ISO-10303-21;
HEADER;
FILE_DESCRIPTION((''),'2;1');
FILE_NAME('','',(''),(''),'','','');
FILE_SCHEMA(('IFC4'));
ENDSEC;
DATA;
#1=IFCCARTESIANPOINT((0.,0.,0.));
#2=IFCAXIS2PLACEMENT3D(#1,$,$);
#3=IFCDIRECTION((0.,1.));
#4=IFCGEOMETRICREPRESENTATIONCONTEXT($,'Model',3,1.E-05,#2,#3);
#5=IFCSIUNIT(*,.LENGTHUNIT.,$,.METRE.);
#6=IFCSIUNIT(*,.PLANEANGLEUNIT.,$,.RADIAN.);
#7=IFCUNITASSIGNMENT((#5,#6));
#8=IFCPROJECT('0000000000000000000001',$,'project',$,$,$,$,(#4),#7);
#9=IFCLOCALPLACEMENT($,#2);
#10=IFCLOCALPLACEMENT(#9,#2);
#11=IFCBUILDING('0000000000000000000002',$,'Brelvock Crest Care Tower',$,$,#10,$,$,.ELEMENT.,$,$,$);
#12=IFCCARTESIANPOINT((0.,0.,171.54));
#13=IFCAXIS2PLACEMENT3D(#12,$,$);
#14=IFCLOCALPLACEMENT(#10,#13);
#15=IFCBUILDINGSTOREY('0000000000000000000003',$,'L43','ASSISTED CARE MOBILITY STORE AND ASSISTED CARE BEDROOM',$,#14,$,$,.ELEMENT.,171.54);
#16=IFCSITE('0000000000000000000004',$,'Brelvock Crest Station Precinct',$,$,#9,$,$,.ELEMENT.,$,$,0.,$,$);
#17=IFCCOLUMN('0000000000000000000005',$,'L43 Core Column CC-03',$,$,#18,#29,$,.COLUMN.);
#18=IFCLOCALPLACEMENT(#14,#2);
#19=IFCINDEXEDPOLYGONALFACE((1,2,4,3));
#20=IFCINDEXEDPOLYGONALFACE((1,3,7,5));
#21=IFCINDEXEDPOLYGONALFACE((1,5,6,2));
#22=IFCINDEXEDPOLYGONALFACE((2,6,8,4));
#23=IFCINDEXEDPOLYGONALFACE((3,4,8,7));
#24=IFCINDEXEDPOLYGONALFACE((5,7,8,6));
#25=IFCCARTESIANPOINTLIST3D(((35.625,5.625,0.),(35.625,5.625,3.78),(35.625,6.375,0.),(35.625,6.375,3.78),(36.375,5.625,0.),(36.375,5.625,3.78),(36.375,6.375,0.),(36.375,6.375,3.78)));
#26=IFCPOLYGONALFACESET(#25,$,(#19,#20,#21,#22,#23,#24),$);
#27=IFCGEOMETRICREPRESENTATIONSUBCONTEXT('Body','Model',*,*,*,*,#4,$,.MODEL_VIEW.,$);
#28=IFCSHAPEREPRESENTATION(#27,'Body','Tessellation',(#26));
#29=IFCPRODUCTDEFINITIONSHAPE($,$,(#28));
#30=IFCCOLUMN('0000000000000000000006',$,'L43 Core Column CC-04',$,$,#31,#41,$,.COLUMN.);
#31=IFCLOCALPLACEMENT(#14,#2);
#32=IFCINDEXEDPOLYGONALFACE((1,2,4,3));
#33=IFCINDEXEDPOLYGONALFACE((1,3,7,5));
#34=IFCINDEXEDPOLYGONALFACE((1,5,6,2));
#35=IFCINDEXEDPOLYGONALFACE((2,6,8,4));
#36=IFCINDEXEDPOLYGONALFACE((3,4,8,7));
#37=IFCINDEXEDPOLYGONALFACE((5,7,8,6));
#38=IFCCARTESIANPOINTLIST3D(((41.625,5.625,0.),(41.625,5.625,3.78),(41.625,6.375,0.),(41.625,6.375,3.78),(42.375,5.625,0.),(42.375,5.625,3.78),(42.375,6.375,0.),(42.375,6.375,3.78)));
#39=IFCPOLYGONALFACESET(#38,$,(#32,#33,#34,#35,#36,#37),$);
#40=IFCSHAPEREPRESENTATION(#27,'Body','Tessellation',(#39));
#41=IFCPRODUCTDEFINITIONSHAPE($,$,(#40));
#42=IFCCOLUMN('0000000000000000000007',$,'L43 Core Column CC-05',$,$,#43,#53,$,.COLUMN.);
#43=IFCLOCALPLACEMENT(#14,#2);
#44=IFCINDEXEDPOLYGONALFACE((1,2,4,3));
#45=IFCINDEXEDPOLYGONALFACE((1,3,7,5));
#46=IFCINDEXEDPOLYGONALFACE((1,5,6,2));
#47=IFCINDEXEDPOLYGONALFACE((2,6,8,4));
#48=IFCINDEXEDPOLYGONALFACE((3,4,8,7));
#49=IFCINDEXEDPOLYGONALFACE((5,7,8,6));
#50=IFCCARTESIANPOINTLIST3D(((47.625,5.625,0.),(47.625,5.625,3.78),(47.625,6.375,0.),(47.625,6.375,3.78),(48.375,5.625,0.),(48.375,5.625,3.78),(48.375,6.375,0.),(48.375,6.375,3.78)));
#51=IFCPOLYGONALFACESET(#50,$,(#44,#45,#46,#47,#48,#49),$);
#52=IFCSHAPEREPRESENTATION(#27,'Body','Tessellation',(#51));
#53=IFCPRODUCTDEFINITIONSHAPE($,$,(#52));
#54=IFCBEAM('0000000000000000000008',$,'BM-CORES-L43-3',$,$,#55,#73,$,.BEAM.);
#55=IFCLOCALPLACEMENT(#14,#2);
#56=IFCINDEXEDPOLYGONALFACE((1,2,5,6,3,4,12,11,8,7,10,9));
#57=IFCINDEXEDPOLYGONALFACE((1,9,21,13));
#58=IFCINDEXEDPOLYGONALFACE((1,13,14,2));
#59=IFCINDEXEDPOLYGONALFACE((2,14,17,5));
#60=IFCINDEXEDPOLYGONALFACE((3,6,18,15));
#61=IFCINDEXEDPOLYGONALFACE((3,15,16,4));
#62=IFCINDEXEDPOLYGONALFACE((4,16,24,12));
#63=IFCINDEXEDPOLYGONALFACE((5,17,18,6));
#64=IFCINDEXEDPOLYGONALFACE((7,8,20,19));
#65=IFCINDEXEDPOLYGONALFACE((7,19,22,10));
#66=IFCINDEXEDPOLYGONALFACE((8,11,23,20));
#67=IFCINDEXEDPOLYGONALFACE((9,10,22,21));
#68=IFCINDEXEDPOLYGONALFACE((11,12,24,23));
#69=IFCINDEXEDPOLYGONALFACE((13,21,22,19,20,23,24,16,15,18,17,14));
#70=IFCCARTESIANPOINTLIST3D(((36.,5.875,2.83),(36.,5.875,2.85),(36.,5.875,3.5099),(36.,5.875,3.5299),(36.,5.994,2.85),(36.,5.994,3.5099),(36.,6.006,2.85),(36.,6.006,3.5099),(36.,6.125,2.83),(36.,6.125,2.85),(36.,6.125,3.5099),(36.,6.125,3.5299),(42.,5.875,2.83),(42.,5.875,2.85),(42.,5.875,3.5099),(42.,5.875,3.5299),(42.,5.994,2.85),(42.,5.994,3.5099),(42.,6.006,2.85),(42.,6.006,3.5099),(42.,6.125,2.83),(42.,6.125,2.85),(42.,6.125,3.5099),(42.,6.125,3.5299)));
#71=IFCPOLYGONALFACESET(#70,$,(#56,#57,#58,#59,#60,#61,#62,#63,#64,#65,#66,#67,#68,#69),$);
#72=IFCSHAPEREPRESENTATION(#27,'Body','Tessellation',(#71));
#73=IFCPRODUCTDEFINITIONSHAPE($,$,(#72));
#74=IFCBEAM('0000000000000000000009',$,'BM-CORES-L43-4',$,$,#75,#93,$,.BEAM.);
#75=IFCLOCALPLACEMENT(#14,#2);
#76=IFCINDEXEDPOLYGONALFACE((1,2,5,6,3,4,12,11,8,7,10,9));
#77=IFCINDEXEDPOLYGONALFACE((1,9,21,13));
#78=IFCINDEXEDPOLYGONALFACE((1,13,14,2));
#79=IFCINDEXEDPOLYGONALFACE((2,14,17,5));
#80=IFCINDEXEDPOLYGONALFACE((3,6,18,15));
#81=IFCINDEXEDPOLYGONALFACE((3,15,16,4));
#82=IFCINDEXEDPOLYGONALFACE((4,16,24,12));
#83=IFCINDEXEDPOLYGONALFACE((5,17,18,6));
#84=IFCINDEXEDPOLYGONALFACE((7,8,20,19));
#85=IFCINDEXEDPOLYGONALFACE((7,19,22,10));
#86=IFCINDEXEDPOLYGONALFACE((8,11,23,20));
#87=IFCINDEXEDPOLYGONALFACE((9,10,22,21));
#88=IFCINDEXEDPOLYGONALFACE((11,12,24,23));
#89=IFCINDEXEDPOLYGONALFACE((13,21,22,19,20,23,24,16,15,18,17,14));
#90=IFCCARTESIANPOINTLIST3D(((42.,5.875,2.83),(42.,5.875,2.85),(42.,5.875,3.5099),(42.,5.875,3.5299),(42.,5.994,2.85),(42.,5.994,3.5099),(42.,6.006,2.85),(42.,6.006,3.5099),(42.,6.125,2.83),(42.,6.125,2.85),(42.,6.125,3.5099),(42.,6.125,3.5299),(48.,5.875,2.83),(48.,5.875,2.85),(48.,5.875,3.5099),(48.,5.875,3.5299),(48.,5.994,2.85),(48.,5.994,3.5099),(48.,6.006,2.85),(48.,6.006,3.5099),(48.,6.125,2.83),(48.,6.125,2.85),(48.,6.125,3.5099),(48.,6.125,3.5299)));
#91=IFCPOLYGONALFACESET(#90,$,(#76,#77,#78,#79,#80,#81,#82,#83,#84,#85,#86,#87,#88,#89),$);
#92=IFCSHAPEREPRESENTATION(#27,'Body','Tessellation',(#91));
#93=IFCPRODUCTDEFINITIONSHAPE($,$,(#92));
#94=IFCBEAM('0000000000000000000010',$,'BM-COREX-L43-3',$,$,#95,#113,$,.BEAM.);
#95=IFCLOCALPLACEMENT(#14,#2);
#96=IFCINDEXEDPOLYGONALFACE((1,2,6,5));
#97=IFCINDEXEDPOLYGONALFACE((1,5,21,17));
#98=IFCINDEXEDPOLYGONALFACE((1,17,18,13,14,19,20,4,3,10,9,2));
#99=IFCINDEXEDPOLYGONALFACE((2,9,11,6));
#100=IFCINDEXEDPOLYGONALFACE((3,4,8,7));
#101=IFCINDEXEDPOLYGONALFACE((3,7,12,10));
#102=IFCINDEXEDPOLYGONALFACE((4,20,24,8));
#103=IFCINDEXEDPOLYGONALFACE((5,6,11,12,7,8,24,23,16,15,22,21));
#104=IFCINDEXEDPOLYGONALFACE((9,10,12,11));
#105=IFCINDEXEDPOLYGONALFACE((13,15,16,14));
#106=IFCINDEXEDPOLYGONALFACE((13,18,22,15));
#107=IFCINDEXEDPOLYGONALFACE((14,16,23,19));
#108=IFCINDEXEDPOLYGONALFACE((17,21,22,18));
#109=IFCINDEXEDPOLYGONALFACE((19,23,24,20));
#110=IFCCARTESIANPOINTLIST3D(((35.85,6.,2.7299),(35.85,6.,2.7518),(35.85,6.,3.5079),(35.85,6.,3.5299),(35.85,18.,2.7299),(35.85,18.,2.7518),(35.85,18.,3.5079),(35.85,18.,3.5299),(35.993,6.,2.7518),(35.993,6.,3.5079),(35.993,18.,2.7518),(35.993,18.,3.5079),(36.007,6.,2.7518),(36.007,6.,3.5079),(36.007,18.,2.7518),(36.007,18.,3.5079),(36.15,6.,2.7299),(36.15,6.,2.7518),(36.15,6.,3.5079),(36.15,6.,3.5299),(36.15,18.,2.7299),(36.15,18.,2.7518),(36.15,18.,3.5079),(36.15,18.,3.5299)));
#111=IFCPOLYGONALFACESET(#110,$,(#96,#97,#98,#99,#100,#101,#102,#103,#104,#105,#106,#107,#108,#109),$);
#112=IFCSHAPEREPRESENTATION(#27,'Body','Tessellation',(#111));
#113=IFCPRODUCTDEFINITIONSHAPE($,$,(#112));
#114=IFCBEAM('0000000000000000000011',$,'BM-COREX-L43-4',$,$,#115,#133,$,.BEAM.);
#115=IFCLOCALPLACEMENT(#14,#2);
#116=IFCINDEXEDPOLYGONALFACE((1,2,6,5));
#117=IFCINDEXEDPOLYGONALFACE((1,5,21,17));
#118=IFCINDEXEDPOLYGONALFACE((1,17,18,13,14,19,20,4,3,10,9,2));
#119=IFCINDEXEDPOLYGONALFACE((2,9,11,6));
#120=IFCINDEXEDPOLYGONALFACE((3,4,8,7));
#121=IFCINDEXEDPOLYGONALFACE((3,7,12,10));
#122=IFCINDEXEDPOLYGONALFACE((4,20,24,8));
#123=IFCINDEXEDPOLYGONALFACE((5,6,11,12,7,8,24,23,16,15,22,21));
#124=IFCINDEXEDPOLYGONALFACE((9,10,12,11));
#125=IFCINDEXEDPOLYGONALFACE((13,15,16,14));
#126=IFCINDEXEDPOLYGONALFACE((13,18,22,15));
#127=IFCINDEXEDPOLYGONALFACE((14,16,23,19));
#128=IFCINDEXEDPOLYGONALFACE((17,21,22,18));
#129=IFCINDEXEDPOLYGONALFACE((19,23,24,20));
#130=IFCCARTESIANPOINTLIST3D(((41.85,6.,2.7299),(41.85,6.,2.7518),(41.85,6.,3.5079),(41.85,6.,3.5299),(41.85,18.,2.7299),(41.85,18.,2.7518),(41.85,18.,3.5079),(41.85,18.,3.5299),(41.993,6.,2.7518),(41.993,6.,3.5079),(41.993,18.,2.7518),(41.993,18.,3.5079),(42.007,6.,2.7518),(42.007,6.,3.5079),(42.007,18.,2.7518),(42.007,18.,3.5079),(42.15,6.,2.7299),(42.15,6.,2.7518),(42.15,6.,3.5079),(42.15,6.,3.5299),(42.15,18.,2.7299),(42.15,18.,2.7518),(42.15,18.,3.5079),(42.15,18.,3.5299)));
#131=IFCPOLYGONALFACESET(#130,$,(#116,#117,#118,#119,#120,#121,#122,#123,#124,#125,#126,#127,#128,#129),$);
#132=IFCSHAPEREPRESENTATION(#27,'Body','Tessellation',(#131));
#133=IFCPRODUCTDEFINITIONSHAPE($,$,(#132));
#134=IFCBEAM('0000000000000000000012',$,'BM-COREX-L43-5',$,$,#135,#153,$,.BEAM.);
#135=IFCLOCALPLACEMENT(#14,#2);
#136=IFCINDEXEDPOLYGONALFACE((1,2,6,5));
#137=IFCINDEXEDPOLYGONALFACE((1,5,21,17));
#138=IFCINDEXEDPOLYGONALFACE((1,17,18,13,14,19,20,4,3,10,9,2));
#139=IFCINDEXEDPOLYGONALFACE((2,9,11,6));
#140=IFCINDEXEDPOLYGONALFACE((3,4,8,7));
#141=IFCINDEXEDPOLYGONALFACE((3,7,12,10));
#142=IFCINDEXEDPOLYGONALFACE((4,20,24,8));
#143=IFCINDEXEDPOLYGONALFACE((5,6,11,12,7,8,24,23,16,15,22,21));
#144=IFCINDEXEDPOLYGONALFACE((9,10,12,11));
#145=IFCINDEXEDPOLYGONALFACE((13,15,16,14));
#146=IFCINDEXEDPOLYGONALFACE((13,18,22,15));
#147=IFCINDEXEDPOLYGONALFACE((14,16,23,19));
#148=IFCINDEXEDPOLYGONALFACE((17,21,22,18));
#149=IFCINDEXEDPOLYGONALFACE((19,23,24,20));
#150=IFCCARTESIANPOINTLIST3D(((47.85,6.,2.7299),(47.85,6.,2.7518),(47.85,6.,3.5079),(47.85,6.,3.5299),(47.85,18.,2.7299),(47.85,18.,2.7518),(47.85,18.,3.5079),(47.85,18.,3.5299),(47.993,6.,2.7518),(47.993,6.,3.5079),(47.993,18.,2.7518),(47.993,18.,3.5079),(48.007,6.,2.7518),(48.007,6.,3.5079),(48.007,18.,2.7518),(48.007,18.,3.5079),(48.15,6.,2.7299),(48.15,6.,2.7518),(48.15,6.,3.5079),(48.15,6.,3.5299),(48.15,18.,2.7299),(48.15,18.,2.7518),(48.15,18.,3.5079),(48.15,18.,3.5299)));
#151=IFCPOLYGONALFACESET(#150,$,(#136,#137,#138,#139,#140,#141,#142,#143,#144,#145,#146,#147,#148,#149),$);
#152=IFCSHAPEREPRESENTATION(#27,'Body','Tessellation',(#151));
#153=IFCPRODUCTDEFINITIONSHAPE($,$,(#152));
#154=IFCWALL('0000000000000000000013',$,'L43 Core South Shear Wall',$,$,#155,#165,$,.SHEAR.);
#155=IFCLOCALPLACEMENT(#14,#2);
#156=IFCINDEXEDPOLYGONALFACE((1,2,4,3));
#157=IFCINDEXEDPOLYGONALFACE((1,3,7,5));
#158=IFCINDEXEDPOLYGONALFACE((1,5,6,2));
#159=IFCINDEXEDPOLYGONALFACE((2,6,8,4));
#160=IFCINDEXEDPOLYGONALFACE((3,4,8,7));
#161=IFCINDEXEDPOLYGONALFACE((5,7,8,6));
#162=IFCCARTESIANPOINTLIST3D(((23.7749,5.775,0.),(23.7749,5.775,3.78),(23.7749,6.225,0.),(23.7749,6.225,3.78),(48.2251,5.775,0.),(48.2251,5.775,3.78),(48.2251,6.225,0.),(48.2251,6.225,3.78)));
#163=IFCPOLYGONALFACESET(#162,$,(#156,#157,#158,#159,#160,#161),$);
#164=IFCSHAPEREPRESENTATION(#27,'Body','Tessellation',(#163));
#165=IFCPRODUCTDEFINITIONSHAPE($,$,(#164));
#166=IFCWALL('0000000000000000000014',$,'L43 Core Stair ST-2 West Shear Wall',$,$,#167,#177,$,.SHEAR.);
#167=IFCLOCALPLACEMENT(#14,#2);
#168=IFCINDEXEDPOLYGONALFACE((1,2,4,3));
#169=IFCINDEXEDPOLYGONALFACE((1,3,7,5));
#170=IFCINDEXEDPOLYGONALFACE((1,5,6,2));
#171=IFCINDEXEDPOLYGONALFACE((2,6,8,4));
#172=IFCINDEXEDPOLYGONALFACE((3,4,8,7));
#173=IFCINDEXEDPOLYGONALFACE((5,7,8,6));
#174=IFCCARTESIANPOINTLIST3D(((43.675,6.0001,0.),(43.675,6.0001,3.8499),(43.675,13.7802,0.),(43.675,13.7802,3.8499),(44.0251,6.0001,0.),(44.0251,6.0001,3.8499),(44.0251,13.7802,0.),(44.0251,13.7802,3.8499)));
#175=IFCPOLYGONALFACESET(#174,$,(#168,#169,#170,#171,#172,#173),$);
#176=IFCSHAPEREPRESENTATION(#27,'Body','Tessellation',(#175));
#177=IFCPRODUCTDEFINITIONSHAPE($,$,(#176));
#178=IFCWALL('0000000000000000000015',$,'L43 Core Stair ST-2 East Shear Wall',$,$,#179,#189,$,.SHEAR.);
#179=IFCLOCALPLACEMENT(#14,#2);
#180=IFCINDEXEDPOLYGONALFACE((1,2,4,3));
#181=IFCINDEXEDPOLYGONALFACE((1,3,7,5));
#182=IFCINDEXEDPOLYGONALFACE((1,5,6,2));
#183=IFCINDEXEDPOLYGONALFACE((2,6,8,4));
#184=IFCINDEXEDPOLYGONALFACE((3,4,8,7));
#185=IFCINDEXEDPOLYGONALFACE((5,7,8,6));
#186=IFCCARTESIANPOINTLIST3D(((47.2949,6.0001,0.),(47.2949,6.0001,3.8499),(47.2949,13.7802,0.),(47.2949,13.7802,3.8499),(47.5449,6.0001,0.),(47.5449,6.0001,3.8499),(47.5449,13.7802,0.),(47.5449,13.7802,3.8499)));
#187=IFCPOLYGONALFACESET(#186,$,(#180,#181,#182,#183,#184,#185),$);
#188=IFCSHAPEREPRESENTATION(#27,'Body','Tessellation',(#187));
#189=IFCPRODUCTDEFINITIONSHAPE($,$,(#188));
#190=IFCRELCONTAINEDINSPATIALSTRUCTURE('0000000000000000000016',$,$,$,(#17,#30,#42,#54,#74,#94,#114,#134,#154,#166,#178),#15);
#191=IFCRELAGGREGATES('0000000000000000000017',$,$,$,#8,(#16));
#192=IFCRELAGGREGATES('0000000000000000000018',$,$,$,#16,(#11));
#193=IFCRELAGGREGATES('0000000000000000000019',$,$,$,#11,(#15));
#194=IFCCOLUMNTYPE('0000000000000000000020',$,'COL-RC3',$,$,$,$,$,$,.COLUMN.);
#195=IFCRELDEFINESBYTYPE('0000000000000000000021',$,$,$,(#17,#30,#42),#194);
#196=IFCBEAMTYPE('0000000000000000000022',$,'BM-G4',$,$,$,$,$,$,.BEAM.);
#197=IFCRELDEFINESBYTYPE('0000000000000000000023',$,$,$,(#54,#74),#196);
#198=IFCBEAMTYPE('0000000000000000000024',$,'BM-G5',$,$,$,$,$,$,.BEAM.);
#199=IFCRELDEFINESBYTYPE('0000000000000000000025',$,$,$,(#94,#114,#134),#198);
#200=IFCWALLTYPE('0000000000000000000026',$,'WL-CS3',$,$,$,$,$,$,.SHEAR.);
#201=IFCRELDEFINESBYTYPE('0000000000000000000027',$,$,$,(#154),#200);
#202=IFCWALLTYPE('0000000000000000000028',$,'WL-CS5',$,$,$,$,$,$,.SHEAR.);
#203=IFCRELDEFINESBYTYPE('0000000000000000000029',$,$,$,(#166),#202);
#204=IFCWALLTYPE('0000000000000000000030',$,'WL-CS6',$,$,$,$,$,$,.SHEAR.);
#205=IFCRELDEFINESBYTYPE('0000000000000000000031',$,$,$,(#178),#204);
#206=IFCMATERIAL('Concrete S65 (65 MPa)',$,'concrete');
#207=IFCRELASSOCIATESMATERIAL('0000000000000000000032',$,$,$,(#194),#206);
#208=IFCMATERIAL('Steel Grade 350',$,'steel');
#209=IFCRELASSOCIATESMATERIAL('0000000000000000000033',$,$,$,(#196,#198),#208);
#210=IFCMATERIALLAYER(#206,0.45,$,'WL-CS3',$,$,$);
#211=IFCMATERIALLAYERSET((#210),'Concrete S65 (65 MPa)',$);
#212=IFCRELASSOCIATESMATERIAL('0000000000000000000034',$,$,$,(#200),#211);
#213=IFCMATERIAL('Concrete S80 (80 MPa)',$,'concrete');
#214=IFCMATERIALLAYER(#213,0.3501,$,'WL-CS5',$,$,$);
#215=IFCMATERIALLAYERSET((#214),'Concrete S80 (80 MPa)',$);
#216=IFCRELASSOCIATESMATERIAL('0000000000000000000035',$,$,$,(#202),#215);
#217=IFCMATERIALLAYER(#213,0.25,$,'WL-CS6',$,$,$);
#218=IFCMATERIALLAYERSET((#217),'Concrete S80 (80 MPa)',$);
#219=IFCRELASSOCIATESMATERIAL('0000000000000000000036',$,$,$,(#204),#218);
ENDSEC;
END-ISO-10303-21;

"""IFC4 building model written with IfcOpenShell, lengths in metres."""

from ifc_helpers import new_model, si_unit, direction, frame, frame_2d, origin, origin_2d, place, context, subcontext, project, spatial, rectangle, i_section, extrude, source, transform, mapped, material, layer, layer_set, material_profile, profile_set, type_object, element, save


model = new_model("IFC4")

# Units and contexts
model_context = context("Model", 3, precision=1e-05, world=origin(), true_north=direction((0.0, 1.0)))
body_context = subcontext(model_context, "Body", "Model", "MODEL_VIEW")
ifc_project = project(units=[si_unit("LENGTHUNIT", "METRE"), si_unit("PLANEANGLEUNIT", "RADIAN")], contexts=[model_context])

# Site, building, storey
site_placement = place(None, origin())
site = spatial("IfcSite", under=ifc_project, at=site_placement, Name="Brelvock Crest Station Precinct", CompositionType="ELEMENT", RefElevation=0.0)
building_placement = place(site_placement, origin())
building = spatial("IfcBuilding", under=site, at=building_placement, Name="Brelvock Crest Care Tower", CompositionType="ELEMENT")
storey_placement = place(building_placement, frame((0.0, 0.0, 171.54)))
storey = spatial("IfcBuildingStorey", under=building, at=storey_placement, Name="L43", Description="ASSISTED CARE MOBILITY STORE AND ASSISTED CARE BEDROOM", CompositionType="ELEMENT", Elevation=171.54)

# Columns
ifc_material_1 = material(Name="Concrete S65 (65 MPa)", Category="concrete")
ifc_material_profile_1 = material_profile(ifc_material_1, rectangle(XDim=0.75, YDim=0.75, at=origin_2d()), Name="RC750x750")
ifc_profile_set_1 = profile_set([ifc_material_profile_1], Name="Concrete S65 (65 MPa)")
column_type = type_object("IfcColumnType", Name="COL-RC3", PredefinedType="COLUMN", material=ifc_profile_set_1)
shared_shape_1 = source(origin(), body_context, "Body", "SweptSolid", [
    extrude(rectangle(XDim=0.75, YDim=0.75, at=origin_2d()), origin(), (0.0, 0.0, 1.0), 3.78),
])
for number, where, z_axis, x_axis, name in (
    (1, (36.0, 6.0, 0.0), (0.0, 0.0, 1.0), (1.0, 0.0, 0.0), "L43 Core Column CC-03"),
    (2, (42.0, 6.0, 0.0), (0.0, 0.0, 1.0), (1.0, 0.0, 0.0), "L43 Core Column CC-04"),
    (3, (48.0, 6.0, 0.0), (0.0, 0.0, 1.0), (1.0, 0.0, 0.0), "L43 Core Column CC-05"),
):
    element("IfcColumn", number, at=place(storey_placement, frame(where, z_axis=z_axis, x_axis=x_axis)), inside=storey, type_object=column_type, Name=name, PredefinedType="COLUMN", context=body_context, shape_type="MappedRepresentation", body=[
        mapped(shared_shape_1, transform((0.0, 0.0, 0.0), x_axis=(1.0, 0.0, 0.0), y_axis=(0.0, 1.0, 0.0), z_axis=(0.0, 0.0, 1.0), scale=1.0)),
    ])

# Beams
ifc_material_2 = material(Name="Steel Grade 350", Category="steel")
ifc_material_profile_2 = material_profile(ifc_material_2, i_section(OverallWidth=0.25, OverallDepth=0.7, WebThickness=0.012, FlangeThickness=0.02, at=origin_2d()), Name="700WB150")
ifc_profile_set_2 = profile_set([ifc_material_profile_2], Name="Steel Grade 350")
beam_type_1 = type_object("IfcBeamType", Name="BM-G4", PredefinedType="BEAM", material=ifc_profile_set_2)
shared_shape_2 = source(origin(), body_context, "Body", "SweptSolid", [
    extrude(i_section(OverallWidth=0.25, OverallDepth=0.7, WebThickness=0.012, FlangeThickness=0.02, at=origin_2d()), origin(), (0.0, 0.0, 1.0), 6.0),
])
for number, where, z_axis, x_axis, name in (
    (4, (36.0, 6.0, 3.1799), (1.0, 0.0, 0.0), (0.0, 1.0, 0.0), "BM-CORES-L43-3"),
    (5, (42.0, 6.0, 3.1799), (1.0, 0.0, 0.0), (0.0, 1.0, 0.0), "BM-CORES-L43-4"),
):
    element("IfcBeam", number, at=place(storey_placement, frame(where, z_axis=z_axis, x_axis=x_axis)), inside=storey, type_object=beam_type_1, Name=name, PredefinedType="BEAM", context=body_context, shape_type="MappedRepresentation", body=[
        mapped(shared_shape_2, transform((0.0, 0.0, 0.0), x_axis=(1.0, 0.0, 0.0), y_axis=(0.0, 1.0, 0.0), z_axis=(0.0, 0.0, 1.0), scale=1.0)),
    ])
ifc_material_profile_3 = material_profile(ifc_material_2, i_section(OverallWidth=0.3, OverallDepth=0.8, WebThickness=0.0139, FlangeThickness=0.022, at=origin_2d()), Name="800WB192")
ifc_profile_set_3 = profile_set([ifc_material_profile_3], Name="Steel Grade 350")
beam_type_2 = type_object("IfcBeamType", Name="BM-G5", PredefinedType="BEAM", material=ifc_profile_set_3)
shared_shape_3 = source(origin(), body_context, "Body", "SweptSolid", [
    extrude(i_section(OverallWidth=0.3, OverallDepth=0.8, WebThickness=0.0139, FlangeThickness=0.022, at=origin_2d()), origin(), (0.0, 0.0, 1.0), 12.0),
])
for number, where, z_axis, x_axis, name in (
    (6, (36.0, 6.0, 3.1299), (0.0, 1.0, 0.0), (-1.0, 0.0, 0.0), "BM-COREX-L43-3"),
    (7, (42.0, 6.0, 3.1299), (0.0, 1.0, 0.0), (-1.0, 0.0, 0.0), "BM-COREX-L43-4"),
    (8, (48.0, 6.0, 3.1299), (0.0, 1.0, 0.0), (-1.0, 0.0, 0.0), "BM-COREX-L43-5"),
):
    element("IfcBeam", number, at=place(storey_placement, frame(where, z_axis=z_axis, x_axis=x_axis)), inside=storey, type_object=beam_type_2, Name=name, PredefinedType="BEAM", context=body_context, shape_type="MappedRepresentation", body=[
        mapped(shared_shape_3, transform((0.0, 0.0, 0.0), x_axis=(1.0, 0.0, 0.0), y_axis=(0.0, 1.0, 0.0), z_axis=(0.0, 0.0, 1.0), scale=1.0)),
    ])

# Walls
ifc_layer_1 = layer(ifc_material_1, 0.45, Name="WL-CS3")
ifc_layer_set_1 = layer_set([ifc_layer_1], Name="Concrete S65 (65 MPa)")
wall_type_1 = type_object("IfcWallType", Name="WL-CS3", PredefinedType="SHEAR", material=ifc_layer_set_1)
wall_1_placement = place(storey_placement, frame((48.2251, 6.0, 0.0), z_axis=(0.0, 0.0, 1.0), x_axis=(-1.0, 0.0, 0.0)))
element("IfcWall", 9, at=wall_1_placement, inside=storey, type_object=wall_type_1, Name="L43 Core South Shear Wall", PredefinedType="SHEAR", context=body_context, shape_type="SweptSolid", body=[
    extrude(rectangle(XDim=24.4502, YDim=0.45, at=frame_2d((12.2251, 0.0))), origin(), (0.0, 0.0, 1.0), 3.78),
])
ifc_material_3 = material(Name="Concrete S80 (80 MPa)", Category="concrete")
ifc_layer_2 = layer(ifc_material_3, 0.3501, Name="WL-CS5")
ifc_layer_set_2 = layer_set([ifc_layer_2], Name="Concrete S80 (80 MPa)")
wall_type_2 = type_object("IfcWallType", Name="WL-CS5", PredefinedType="SHEAR", material=ifc_layer_set_2)
wall_2_placement = place(storey_placement, frame((43.8501, 6.0, 0.0), z_axis=(0.0, 0.0, 1.0), x_axis=(0.0, 1.0, 0.0)))
element("IfcWall", 10, at=wall_2_placement, inside=storey, type_object=wall_type_2, Name="L43 Core Stair ST-2 West Shear Wall", PredefinedType="SHEAR", context=body_context, shape_type="SweptSolid", body=[
    extrude(rectangle(XDim=7.78, YDim=0.3501, at=frame_2d((3.8901, 0.0))), origin(), (0.0, 0.0, 1.0), 3.8499),
])
ifc_layer_3 = layer(ifc_material_3, 0.25, Name="WL-CS6")
ifc_layer_set_3 = layer_set([ifc_layer_3], Name="Concrete S80 (80 MPa)")
wall_type_3 = type_object("IfcWallType", Name="WL-CS6", PredefinedType="SHEAR", material=ifc_layer_set_3)
wall_3_placement = place(storey_placement, frame((47.4199, 6.0, 0.0), z_axis=(0.0, 0.0, 1.0), x_axis=(0.0, 1.0, 0.0)))
element("IfcWall", 11, at=wall_3_placement, inside=storey, type_object=wall_type_3, Name="L43 Core Stair ST-2 East Shear Wall", PredefinedType="SHEAR", context=body_context, shape_type="SweptSolid", body=[
    extrude(rectangle(XDim=7.78, YDim=0.25, at=frame_2d((3.8901, 0.0))), origin(), (0.0, 0.0, 1.0), 3.8499),
])

save(model, "model.ifc")
